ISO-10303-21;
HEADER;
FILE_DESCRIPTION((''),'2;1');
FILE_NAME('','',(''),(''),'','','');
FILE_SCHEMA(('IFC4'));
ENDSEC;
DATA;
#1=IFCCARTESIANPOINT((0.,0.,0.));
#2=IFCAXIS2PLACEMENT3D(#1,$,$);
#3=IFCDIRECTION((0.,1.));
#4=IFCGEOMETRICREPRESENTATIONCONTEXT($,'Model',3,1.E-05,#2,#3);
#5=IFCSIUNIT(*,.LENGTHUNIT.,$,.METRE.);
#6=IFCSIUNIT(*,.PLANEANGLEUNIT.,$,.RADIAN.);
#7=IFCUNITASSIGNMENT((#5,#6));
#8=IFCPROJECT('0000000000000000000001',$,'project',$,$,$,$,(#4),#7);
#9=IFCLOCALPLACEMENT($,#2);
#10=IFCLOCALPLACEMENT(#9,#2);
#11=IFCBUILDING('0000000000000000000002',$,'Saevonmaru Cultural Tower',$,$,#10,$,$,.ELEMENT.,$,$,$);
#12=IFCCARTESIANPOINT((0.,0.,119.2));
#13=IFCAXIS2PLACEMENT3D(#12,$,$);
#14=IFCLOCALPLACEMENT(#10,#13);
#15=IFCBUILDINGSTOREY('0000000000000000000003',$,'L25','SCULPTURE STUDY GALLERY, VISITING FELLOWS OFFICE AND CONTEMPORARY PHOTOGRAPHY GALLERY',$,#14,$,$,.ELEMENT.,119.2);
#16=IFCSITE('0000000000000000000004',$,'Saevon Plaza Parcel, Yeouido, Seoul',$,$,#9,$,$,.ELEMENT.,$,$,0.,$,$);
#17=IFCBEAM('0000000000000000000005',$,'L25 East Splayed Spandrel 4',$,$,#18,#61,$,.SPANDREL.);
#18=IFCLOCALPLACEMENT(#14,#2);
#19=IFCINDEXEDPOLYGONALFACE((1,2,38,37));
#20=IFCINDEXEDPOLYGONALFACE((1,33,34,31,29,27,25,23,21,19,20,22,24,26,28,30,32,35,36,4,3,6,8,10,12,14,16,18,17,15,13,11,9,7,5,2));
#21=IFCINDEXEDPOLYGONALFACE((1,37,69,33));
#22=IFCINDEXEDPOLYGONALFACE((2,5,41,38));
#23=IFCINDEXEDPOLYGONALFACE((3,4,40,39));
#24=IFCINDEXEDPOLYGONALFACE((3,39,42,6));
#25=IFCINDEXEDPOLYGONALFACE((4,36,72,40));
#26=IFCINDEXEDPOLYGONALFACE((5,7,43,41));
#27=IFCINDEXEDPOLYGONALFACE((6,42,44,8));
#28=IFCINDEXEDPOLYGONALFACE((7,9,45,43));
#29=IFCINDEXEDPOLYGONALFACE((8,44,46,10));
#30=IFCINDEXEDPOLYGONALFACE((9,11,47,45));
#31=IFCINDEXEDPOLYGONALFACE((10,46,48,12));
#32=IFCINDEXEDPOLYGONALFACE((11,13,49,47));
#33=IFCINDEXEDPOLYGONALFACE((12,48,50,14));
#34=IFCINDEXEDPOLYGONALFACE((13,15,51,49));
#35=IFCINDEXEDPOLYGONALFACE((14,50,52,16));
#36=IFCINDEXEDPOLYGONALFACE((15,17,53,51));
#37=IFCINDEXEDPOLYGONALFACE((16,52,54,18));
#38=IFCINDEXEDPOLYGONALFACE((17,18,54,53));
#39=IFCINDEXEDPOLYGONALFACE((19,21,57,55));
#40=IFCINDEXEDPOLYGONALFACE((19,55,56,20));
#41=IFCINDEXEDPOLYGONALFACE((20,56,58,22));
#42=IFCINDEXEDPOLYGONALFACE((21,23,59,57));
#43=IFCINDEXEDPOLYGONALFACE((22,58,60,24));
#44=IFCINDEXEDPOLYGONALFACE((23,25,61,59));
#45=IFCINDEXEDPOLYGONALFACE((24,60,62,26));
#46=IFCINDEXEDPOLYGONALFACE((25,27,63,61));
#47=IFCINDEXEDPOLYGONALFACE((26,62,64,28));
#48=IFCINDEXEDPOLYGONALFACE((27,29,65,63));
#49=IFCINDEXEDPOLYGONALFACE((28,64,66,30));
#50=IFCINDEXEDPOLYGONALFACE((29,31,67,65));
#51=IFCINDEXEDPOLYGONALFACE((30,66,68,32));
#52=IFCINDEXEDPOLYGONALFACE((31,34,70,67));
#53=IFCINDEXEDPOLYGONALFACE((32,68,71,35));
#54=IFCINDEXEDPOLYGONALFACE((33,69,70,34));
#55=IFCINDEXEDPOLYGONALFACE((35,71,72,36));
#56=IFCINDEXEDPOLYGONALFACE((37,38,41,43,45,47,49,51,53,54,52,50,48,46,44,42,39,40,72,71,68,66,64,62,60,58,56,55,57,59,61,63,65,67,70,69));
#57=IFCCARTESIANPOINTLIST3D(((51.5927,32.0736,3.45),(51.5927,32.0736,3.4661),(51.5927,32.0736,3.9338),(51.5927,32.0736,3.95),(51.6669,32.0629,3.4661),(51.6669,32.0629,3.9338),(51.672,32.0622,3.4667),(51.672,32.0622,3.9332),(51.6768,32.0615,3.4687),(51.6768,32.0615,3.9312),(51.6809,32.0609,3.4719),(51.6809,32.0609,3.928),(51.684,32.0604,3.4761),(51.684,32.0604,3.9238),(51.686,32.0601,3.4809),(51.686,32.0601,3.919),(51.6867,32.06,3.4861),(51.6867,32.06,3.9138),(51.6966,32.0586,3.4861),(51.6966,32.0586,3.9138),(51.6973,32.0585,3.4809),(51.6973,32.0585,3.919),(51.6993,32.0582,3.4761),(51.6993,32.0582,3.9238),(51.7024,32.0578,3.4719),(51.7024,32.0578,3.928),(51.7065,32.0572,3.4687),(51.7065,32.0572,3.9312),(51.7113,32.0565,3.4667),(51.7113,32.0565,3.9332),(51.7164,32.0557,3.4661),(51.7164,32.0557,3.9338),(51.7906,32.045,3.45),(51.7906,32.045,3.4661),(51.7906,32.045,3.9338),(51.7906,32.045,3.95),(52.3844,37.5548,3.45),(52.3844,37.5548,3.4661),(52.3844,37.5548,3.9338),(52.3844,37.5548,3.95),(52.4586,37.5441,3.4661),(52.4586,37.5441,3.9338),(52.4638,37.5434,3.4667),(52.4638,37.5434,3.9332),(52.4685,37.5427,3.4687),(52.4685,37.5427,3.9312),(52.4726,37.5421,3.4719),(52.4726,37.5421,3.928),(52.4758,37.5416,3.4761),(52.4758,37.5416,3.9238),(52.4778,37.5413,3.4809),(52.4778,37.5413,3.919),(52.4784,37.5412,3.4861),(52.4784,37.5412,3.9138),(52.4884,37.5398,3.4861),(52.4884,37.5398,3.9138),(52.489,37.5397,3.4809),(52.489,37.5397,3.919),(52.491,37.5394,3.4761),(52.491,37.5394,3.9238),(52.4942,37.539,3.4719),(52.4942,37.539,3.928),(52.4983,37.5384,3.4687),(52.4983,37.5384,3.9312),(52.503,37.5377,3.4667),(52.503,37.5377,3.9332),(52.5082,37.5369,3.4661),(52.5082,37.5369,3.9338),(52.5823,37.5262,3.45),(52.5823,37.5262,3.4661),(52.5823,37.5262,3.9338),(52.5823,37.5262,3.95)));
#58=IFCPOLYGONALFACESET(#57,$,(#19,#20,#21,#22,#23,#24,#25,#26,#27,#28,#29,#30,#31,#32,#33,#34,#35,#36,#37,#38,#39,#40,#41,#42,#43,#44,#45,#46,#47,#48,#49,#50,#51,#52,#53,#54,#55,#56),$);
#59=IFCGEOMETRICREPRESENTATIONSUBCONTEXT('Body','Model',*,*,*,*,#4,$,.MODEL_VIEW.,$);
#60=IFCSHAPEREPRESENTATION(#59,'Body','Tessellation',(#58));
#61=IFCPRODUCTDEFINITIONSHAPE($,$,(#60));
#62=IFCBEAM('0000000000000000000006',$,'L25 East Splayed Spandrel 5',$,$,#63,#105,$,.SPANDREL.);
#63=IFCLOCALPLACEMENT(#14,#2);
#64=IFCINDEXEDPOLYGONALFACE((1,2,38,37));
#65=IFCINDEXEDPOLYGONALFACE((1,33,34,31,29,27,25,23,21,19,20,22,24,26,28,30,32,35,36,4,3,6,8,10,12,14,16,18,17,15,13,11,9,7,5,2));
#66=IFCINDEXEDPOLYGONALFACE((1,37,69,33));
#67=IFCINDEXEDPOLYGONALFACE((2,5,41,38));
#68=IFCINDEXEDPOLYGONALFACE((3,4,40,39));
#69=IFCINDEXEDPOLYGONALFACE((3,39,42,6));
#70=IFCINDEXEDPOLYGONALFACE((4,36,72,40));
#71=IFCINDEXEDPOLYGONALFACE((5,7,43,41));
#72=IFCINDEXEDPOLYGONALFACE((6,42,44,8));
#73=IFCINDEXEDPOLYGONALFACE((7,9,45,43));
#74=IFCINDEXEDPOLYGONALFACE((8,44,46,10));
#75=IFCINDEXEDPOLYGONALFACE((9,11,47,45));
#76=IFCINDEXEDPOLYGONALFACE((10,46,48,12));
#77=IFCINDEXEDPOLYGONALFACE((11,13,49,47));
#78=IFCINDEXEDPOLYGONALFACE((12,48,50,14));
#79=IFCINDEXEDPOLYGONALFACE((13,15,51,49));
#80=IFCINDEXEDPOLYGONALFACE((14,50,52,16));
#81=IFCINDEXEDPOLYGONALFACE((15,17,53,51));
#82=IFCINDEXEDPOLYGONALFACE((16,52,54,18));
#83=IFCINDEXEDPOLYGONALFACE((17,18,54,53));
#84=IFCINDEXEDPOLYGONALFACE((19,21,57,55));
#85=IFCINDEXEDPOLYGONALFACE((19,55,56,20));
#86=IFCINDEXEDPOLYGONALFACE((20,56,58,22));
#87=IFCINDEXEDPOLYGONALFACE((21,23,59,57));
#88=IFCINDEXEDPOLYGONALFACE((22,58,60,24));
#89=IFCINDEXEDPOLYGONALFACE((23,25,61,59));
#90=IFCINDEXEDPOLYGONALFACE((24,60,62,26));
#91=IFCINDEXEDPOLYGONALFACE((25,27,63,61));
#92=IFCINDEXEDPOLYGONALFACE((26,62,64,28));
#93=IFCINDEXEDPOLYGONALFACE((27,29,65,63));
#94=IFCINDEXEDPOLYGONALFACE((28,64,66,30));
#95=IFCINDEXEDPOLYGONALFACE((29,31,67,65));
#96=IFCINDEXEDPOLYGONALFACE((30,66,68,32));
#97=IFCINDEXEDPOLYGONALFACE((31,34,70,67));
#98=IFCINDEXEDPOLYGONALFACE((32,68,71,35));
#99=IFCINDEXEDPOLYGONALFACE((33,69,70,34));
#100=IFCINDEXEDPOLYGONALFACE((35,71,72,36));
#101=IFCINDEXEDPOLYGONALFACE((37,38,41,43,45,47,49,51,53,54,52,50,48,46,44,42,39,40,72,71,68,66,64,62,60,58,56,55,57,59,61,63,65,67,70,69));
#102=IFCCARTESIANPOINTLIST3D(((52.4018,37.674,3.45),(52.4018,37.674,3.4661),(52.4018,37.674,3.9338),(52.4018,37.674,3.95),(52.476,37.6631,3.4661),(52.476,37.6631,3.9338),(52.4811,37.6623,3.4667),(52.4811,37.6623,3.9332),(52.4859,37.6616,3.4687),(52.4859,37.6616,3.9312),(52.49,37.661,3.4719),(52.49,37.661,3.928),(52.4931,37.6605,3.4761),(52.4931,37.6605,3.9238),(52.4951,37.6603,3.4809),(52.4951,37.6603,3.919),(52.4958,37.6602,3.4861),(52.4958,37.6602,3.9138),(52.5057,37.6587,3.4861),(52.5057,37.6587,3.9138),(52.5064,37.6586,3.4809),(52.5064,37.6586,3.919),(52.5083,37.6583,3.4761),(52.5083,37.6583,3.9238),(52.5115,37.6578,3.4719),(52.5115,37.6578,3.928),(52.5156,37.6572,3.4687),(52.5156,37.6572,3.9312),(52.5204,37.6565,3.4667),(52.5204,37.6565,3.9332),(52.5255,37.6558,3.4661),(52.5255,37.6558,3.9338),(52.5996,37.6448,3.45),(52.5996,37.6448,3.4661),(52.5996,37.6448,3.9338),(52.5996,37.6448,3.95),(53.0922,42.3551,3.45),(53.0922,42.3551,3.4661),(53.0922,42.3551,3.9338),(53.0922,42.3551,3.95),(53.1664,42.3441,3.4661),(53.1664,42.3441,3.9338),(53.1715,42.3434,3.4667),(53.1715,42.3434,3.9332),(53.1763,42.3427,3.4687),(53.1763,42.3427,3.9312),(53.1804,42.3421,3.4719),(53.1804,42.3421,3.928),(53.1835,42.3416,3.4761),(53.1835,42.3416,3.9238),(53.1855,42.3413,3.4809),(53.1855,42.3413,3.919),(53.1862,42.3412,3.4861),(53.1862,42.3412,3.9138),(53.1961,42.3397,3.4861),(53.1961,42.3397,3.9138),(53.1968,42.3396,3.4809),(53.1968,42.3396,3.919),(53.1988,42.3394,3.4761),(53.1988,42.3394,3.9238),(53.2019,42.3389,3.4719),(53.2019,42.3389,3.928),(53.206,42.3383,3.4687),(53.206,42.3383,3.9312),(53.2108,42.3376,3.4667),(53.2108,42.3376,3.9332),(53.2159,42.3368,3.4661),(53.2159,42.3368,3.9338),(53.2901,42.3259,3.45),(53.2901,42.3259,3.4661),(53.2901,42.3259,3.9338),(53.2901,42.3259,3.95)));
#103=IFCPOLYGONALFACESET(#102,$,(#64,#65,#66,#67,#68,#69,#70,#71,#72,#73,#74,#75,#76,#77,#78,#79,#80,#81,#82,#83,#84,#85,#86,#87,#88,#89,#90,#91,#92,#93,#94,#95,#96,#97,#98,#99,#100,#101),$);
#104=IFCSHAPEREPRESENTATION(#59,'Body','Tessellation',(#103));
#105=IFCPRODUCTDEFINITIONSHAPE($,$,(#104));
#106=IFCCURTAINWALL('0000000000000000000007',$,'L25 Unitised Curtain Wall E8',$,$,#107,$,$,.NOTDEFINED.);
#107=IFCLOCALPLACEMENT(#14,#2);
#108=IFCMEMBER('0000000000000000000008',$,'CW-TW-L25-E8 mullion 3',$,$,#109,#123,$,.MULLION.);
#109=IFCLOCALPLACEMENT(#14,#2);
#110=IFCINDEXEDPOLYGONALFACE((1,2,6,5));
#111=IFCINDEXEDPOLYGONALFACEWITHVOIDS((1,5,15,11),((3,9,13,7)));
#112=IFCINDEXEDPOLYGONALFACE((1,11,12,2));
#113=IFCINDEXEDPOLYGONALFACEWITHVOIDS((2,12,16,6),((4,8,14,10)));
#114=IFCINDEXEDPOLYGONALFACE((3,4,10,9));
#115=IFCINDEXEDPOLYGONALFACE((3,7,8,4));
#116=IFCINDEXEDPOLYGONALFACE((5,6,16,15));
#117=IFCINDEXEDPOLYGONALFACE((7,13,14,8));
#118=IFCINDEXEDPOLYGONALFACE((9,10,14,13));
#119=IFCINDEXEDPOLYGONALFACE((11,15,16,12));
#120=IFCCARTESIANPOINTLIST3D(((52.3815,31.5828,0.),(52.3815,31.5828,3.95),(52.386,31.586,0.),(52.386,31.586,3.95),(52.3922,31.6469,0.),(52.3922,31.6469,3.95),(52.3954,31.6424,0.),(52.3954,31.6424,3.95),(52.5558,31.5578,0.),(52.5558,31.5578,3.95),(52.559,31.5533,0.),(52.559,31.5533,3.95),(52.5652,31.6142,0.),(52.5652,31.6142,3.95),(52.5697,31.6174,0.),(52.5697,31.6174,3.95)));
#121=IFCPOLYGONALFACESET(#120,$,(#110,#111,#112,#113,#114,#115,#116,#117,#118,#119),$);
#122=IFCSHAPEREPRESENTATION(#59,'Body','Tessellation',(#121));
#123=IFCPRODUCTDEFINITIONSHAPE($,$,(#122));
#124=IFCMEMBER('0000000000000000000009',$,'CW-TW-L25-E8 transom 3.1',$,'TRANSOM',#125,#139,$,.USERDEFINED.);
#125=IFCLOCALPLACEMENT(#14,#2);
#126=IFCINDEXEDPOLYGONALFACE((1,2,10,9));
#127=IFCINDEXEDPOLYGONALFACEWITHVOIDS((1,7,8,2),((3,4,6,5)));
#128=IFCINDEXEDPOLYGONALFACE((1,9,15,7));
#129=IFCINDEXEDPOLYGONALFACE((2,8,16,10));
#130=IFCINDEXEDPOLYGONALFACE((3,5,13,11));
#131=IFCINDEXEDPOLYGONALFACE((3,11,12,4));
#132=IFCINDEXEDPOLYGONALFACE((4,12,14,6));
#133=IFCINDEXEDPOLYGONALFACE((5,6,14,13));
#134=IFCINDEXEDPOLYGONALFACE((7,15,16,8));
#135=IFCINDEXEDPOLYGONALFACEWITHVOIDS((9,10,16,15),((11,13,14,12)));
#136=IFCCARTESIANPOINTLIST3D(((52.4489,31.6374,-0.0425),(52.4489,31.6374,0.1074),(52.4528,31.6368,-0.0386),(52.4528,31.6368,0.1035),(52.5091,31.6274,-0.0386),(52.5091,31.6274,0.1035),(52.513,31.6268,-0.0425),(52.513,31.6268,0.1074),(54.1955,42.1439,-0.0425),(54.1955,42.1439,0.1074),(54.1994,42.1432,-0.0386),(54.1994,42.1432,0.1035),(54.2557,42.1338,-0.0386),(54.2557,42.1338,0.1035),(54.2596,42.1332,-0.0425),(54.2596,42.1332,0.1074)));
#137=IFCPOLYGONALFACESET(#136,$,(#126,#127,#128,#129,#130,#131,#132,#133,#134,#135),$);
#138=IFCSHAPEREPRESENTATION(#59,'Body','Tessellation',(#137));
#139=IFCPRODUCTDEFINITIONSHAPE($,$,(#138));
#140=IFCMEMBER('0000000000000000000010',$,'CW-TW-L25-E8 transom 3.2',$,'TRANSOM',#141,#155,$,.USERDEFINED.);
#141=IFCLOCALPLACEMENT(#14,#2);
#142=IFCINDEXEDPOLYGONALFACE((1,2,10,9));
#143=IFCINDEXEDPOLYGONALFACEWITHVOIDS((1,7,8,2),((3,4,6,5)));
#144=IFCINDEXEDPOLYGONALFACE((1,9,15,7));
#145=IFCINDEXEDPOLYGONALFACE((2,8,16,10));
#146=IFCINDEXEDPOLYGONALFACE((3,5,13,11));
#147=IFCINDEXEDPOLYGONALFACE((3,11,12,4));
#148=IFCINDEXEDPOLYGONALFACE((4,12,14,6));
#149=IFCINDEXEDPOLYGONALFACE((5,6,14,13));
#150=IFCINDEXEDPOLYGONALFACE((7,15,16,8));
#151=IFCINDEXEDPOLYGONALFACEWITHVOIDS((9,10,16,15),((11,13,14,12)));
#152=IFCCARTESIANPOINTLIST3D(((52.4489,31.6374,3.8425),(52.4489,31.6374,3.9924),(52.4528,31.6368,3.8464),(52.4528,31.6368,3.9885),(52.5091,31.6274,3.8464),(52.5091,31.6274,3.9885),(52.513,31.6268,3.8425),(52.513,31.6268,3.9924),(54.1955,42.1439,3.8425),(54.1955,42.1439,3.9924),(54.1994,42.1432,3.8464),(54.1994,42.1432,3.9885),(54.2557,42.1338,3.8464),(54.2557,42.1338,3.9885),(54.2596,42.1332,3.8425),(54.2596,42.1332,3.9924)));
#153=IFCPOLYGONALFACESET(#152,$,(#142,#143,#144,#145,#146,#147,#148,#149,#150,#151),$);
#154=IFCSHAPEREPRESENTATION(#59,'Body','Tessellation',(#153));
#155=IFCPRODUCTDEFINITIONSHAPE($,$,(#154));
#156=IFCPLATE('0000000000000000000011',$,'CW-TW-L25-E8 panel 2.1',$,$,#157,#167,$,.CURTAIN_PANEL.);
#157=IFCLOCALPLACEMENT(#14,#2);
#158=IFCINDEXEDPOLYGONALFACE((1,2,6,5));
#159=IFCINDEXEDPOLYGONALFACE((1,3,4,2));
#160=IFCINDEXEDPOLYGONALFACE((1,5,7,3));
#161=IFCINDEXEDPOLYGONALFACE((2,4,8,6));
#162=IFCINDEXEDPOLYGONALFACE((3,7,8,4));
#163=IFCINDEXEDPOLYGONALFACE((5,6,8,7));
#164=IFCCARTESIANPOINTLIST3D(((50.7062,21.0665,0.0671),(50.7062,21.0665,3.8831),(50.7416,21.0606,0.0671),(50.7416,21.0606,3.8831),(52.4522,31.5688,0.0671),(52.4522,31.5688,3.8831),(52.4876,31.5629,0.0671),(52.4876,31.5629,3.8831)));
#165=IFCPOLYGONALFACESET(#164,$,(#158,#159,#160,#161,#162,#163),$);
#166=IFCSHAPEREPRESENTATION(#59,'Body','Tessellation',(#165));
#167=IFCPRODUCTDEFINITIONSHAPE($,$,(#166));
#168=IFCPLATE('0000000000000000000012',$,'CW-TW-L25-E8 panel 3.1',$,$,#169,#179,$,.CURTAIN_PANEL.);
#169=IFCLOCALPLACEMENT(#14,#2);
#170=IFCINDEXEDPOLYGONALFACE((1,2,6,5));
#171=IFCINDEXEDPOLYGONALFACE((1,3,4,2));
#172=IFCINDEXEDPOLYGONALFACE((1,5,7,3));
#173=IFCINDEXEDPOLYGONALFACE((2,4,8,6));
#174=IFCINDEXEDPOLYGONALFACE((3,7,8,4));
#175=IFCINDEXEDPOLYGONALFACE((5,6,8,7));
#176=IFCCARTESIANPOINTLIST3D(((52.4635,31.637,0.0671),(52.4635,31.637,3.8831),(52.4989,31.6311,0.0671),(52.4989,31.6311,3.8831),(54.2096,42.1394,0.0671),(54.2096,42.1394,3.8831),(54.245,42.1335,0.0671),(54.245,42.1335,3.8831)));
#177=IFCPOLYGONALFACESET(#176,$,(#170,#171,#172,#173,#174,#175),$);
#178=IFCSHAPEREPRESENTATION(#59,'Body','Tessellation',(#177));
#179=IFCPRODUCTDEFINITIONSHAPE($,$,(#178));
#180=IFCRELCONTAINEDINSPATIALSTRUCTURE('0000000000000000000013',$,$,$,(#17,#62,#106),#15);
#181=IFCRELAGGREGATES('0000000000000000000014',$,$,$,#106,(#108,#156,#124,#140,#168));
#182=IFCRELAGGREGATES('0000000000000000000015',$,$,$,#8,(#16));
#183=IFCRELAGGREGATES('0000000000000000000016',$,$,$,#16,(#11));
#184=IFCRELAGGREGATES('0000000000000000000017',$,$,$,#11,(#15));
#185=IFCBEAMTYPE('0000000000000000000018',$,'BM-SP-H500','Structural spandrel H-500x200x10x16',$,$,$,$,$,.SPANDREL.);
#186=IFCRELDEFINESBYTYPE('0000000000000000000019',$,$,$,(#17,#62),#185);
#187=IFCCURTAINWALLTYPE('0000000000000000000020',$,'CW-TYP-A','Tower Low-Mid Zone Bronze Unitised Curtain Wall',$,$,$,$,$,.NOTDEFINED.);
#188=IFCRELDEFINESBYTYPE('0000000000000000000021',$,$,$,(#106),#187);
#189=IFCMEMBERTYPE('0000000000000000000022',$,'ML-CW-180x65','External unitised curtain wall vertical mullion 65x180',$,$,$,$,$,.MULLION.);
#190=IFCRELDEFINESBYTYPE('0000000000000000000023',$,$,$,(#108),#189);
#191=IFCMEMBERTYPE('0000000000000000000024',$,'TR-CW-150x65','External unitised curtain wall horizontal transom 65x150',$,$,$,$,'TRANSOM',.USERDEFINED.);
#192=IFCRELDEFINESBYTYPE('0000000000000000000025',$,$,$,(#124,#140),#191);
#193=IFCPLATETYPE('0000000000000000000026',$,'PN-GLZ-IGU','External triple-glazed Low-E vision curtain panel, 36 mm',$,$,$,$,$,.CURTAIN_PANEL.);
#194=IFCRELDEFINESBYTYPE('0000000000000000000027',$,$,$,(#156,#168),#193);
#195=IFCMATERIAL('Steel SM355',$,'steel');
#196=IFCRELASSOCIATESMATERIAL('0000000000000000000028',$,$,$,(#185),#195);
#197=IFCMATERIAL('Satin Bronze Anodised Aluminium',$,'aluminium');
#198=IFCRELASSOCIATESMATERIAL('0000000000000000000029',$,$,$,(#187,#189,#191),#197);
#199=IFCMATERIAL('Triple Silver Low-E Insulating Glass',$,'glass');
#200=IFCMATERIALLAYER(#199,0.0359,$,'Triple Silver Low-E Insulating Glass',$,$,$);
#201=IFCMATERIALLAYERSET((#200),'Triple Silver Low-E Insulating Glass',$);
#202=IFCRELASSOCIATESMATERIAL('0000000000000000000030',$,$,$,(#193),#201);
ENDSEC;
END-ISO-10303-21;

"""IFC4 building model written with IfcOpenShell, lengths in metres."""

from ifc_helpers import new_model, si_unit, direction, frame, origin, origin_2d, place, context, subcontext, project, spatial, rectangle, hollow_rectangle, i_section, extrude, material, layer, layer_set, material_profile, profile_set, type_object, element, aggregate, save


model = new_model("IFC4")

# Units and contexts
model_context = context("Model", 3, precision=1e-05, world=origin(), true_north=direction((0.0, 1.0)))
body_context = subcontext(model_context, "Body", "Model", "MODEL_VIEW")
ifc_project = project(units=[si_unit("LENGTHUNIT", "METRE"), si_unit("PLANEANGLEUNIT", "RADIAN")], contexts=[model_context])

# Site, building, storey
site_placement = place(None, origin())
site = spatial("IfcSite", under=ifc_project, at=site_placement, Name="Saevon Plaza Parcel, Yeouido, Seoul", CompositionType="ELEMENT", RefElevation=0.0)
building_placement = place(site_placement, origin())
building = spatial("IfcBuilding", under=site, at=building_placement, Name="Saevonmaru Cultural Tower", CompositionType="ELEMENT")
storey_placement = place(building_placement, frame((0.0, 0.0, 119.2)))
storey = spatial("IfcBuildingStorey", under=building, at=storey_placement, Name="L25", Description="SCULPTURE STUDY GALLERY, VISITING FELLOWS OFFICE AND CONTEMPORARY PHOTOGRAPHY GALLERY", CompositionType="ELEMENT", Elevation=119.2)

# Shared definitions
ifc_material_1 = material(Name="Steel SM355", Category="steel")

# Beams
ifc_material_profile_1 = material_profile(ifc_material_1, i_section(OverallWidth=0.2, OverallDepth=0.5, WebThickness=0.01, FlangeThickness=0.0161, FilletRadius=0.02, at=origin_2d()), Name="H-500x200x10x16")
ifc_profile_set_1 = profile_set([ifc_material_profile_1], Name="Steel SM355")
beam_type_1 = type_object("IfcBeamType", Name="BM-SP-H500", Description="Structural spandrel H-500x200x10x16", PredefinedType="SPANDREL", material=ifc_profile_set_1)
beam_1_placement = place(storey_placement, frame((51.6917, 32.0593, 3.7), z_axis=(0.142964, 0.989728, 0.0), x_axis=(-0.989728, 0.142964, 0.0)))
element("IfcBeam", 1, at=beam_1_placement, inside=storey, type_object=beam_type_1, Name="L25 East Splayed Spandrel 4", PredefinedType="SPANDREL", context=body_context, shape_type="SweptSolid", body=[
    extrude(i_section(OverallWidth=0.2, OverallDepth=0.5, WebThickness=0.01, FlangeThickness=0.0161, FilletRadius=0.02, at=origin_2d()), origin(), (0.0, 0.0, 1.0), 5.5381),
])
beam_2_placement = place(storey_placement, frame((52.5007, 37.6594, 3.7), z_axis=(0.145913, 0.989297, 0.0), x_axis=(-0.989297, 0.145913, 0.0)))
element("IfcBeam", 2, at=beam_2_placement, inside=storey, type_object=beam_type_1, Name="L25 East Splayed Spandrel 5", PredefinedType="SPANDREL", context=body_context, shape_type="SweptSolid", body=[
    extrude(i_section(OverallWidth=0.2, OverallDepth=0.5, WebThickness=0.01, FlangeThickness=0.0161, FilletRadius=0.02, at=origin_2d()), origin(), (0.0, 0.0, 1.0), 4.7317),
])

# Curtain wall, members, plates
ifc_material_2 = material(Name="Satin Bronze Anodised Aluminium", Category="aluminium")
curtain_wall_type = type_object("IfcCurtainWallType", Name="CW-TYP-A", Description="Tower Low-Mid Zone Bronze Unitised Curtain Wall", PredefinedType="NOTDEFINED", material=ifc_material_2)
curtain_wall_placement = place(storey_placement, origin())
curtain_wall = element("IfcCurtainWall", 3, at=curtain_wall_placement, inside=storey, type_object=curtain_wall_type, Name="L25 Unitised Curtain Wall E8", PredefinedType="NOTDEFINED")
ifc_material_profile_2 = material_profile(ifc_material_2, hollow_rectangle(XDim=0.0649, YDim=0.1799, WallThickness=0.0039, at=origin_2d()), Name="ALU-MULL-180x65x4")
ifc_profile_set_2 = profile_set([ifc_material_profile_2], Name="Satin Bronze Anodised Aluminium")
member_type_1 = type_object("IfcMemberType", Name="ML-CW-180x65", Description="External unitised curtain wall vertical mullion 65x180", PredefinedType="MULLION", material=ifc_profile_set_2)
member_1_placement = place(storey_placement, frame((52.4756, 31.6001, 0.0), z_axis=(0.0, 0.0, 1.0), x_axis=(0.163999, 0.986461, 0.0)))
member_1 = element("IfcMember", 4, at=member_1_placement, type_object=member_type_1, Name="CW-TW-L25-E8 mullion 3", PredefinedType="MULLION", context=body_context, shape_type="SweptSolid", body=[
    extrude(hollow_rectangle(XDim=0.0649, YDim=0.1799, WallThickness=0.0039, at=origin_2d()), origin(), (0.0, 0.0, 1.0), 3.95),
])
ifc_material_profile_3 = material_profile(ifc_material_2, hollow_rectangle(XDim=0.0649, YDim=0.1499, WallThickness=0.0039, at=origin_2d()), Name="ALU-TRAN-150x65x4")
ifc_profile_set_3 = profile_set([ifc_material_profile_3], Name="Satin Bronze Anodised Aluminium")
member_type_2 = type_object("IfcMemberType", Name="TR-CW-150x65", Description="External unitised curtain wall horizontal transom 65x150", ElementType="TRANSOM", PredefinedType="USERDEFINED", material=ifc_profile_set_3)
member_2_placement = place(storey_placement, frame((52.481, 31.6321, 0.0325), z_axis=(0.16399, 0.986462, 0.0), x_axis=(-0.986462, 0.16399, 0.0)))
member_2 = element("IfcMember", 5, at=member_2_placement, type_object=member_type_2, Name="CW-TW-L25-E8 transom 3.1", ObjectType="TRANSOM", PredefinedType="USERDEFINED", context=body_context, shape_type="SweptSolid", body=[
    extrude(hollow_rectangle(XDim=0.0649, YDim=0.1499, WallThickness=0.0039, at=origin_2d()), origin(), (0.0, 0.0, 1.0), 10.6506),
])
member_3_placement = place(storey_placement, frame((52.481, 31.6321, 3.9175), z_axis=(0.16399, 0.986462, 0.0), x_axis=(-0.986462, 0.16399, 0.0)))
member_3 = element("IfcMember", 6, at=member_3_placement, type_object=member_type_2, Name="CW-TW-L25-E8 transom 3.2", ObjectType="TRANSOM", PredefinedType="USERDEFINED", context=body_context, shape_type="SweptSolid", body=[
    extrude(hollow_rectangle(XDim=0.0649, YDim=0.1499, WallThickness=0.0039, at=origin_2d()), origin(), (0.0, 0.0, 1.0), 10.6506),
])
ifc_material_3 = material(Name="Triple Silver Low-E Insulating Glass", Category="glass")
ifc_layer_1 = layer(ifc_material_3, 0.0359, Name="Triple Silver Low-E Insulating Glass")
ifc_layer_set_1 = layer_set([ifc_layer_1], Name="Triple Silver Low-E Insulating Glass")
plate_type = type_object("IfcPlateType", Name="PN-GLZ-IGU", Description="External triple-glazed Low-E vision curtain panel, 36 mm", PredefinedType="CURTAIN_PANEL", material=ifc_layer_set_1)
plate_1_placement = place(storey_placement, frame((51.5969, 26.3147, 0.0671), z_axis=(0.0, 0.0, 1.0), x_axis=(0.163999, 0.986461, 0.0)))
plate_1 = element("IfcPlate", 7, at=plate_1_placement, type_object=plate_type, Name="CW-TW-L25-E8 panel 2.1", PredefinedType="CURTAIN_PANEL", context=body_context, shape_type="SweptSolid", body=[
    extrude(rectangle(XDim=10.6465, YDim=0.0359, at=origin_2d()), origin(), (0.0, 0.0, 1.0), 3.8159),
])
plate_2_placement = place(storey_placement, frame((53.3542, 36.8853, 0.0671), z_axis=(0.0, 0.0, 1.0), x_axis=(0.163999, 0.986461, 0.0)))
plate_2 = element("IfcPlate", 8, at=plate_2_placement, type_object=plate_type, Name="CW-TW-L25-E8 panel 3.1", PredefinedType="CURTAIN_PANEL", context=body_context, shape_type="SweptSolid", body=[
    extrude(rectangle(XDim=10.6465, YDim=0.0359, at=origin_2d()), origin(), (0.0, 0.0, 1.0), 3.8159),
])
aggregate(curtain_wall, [member_1, plate_1, member_2, member_3, plate_2])

save(model, "model.ifc")
